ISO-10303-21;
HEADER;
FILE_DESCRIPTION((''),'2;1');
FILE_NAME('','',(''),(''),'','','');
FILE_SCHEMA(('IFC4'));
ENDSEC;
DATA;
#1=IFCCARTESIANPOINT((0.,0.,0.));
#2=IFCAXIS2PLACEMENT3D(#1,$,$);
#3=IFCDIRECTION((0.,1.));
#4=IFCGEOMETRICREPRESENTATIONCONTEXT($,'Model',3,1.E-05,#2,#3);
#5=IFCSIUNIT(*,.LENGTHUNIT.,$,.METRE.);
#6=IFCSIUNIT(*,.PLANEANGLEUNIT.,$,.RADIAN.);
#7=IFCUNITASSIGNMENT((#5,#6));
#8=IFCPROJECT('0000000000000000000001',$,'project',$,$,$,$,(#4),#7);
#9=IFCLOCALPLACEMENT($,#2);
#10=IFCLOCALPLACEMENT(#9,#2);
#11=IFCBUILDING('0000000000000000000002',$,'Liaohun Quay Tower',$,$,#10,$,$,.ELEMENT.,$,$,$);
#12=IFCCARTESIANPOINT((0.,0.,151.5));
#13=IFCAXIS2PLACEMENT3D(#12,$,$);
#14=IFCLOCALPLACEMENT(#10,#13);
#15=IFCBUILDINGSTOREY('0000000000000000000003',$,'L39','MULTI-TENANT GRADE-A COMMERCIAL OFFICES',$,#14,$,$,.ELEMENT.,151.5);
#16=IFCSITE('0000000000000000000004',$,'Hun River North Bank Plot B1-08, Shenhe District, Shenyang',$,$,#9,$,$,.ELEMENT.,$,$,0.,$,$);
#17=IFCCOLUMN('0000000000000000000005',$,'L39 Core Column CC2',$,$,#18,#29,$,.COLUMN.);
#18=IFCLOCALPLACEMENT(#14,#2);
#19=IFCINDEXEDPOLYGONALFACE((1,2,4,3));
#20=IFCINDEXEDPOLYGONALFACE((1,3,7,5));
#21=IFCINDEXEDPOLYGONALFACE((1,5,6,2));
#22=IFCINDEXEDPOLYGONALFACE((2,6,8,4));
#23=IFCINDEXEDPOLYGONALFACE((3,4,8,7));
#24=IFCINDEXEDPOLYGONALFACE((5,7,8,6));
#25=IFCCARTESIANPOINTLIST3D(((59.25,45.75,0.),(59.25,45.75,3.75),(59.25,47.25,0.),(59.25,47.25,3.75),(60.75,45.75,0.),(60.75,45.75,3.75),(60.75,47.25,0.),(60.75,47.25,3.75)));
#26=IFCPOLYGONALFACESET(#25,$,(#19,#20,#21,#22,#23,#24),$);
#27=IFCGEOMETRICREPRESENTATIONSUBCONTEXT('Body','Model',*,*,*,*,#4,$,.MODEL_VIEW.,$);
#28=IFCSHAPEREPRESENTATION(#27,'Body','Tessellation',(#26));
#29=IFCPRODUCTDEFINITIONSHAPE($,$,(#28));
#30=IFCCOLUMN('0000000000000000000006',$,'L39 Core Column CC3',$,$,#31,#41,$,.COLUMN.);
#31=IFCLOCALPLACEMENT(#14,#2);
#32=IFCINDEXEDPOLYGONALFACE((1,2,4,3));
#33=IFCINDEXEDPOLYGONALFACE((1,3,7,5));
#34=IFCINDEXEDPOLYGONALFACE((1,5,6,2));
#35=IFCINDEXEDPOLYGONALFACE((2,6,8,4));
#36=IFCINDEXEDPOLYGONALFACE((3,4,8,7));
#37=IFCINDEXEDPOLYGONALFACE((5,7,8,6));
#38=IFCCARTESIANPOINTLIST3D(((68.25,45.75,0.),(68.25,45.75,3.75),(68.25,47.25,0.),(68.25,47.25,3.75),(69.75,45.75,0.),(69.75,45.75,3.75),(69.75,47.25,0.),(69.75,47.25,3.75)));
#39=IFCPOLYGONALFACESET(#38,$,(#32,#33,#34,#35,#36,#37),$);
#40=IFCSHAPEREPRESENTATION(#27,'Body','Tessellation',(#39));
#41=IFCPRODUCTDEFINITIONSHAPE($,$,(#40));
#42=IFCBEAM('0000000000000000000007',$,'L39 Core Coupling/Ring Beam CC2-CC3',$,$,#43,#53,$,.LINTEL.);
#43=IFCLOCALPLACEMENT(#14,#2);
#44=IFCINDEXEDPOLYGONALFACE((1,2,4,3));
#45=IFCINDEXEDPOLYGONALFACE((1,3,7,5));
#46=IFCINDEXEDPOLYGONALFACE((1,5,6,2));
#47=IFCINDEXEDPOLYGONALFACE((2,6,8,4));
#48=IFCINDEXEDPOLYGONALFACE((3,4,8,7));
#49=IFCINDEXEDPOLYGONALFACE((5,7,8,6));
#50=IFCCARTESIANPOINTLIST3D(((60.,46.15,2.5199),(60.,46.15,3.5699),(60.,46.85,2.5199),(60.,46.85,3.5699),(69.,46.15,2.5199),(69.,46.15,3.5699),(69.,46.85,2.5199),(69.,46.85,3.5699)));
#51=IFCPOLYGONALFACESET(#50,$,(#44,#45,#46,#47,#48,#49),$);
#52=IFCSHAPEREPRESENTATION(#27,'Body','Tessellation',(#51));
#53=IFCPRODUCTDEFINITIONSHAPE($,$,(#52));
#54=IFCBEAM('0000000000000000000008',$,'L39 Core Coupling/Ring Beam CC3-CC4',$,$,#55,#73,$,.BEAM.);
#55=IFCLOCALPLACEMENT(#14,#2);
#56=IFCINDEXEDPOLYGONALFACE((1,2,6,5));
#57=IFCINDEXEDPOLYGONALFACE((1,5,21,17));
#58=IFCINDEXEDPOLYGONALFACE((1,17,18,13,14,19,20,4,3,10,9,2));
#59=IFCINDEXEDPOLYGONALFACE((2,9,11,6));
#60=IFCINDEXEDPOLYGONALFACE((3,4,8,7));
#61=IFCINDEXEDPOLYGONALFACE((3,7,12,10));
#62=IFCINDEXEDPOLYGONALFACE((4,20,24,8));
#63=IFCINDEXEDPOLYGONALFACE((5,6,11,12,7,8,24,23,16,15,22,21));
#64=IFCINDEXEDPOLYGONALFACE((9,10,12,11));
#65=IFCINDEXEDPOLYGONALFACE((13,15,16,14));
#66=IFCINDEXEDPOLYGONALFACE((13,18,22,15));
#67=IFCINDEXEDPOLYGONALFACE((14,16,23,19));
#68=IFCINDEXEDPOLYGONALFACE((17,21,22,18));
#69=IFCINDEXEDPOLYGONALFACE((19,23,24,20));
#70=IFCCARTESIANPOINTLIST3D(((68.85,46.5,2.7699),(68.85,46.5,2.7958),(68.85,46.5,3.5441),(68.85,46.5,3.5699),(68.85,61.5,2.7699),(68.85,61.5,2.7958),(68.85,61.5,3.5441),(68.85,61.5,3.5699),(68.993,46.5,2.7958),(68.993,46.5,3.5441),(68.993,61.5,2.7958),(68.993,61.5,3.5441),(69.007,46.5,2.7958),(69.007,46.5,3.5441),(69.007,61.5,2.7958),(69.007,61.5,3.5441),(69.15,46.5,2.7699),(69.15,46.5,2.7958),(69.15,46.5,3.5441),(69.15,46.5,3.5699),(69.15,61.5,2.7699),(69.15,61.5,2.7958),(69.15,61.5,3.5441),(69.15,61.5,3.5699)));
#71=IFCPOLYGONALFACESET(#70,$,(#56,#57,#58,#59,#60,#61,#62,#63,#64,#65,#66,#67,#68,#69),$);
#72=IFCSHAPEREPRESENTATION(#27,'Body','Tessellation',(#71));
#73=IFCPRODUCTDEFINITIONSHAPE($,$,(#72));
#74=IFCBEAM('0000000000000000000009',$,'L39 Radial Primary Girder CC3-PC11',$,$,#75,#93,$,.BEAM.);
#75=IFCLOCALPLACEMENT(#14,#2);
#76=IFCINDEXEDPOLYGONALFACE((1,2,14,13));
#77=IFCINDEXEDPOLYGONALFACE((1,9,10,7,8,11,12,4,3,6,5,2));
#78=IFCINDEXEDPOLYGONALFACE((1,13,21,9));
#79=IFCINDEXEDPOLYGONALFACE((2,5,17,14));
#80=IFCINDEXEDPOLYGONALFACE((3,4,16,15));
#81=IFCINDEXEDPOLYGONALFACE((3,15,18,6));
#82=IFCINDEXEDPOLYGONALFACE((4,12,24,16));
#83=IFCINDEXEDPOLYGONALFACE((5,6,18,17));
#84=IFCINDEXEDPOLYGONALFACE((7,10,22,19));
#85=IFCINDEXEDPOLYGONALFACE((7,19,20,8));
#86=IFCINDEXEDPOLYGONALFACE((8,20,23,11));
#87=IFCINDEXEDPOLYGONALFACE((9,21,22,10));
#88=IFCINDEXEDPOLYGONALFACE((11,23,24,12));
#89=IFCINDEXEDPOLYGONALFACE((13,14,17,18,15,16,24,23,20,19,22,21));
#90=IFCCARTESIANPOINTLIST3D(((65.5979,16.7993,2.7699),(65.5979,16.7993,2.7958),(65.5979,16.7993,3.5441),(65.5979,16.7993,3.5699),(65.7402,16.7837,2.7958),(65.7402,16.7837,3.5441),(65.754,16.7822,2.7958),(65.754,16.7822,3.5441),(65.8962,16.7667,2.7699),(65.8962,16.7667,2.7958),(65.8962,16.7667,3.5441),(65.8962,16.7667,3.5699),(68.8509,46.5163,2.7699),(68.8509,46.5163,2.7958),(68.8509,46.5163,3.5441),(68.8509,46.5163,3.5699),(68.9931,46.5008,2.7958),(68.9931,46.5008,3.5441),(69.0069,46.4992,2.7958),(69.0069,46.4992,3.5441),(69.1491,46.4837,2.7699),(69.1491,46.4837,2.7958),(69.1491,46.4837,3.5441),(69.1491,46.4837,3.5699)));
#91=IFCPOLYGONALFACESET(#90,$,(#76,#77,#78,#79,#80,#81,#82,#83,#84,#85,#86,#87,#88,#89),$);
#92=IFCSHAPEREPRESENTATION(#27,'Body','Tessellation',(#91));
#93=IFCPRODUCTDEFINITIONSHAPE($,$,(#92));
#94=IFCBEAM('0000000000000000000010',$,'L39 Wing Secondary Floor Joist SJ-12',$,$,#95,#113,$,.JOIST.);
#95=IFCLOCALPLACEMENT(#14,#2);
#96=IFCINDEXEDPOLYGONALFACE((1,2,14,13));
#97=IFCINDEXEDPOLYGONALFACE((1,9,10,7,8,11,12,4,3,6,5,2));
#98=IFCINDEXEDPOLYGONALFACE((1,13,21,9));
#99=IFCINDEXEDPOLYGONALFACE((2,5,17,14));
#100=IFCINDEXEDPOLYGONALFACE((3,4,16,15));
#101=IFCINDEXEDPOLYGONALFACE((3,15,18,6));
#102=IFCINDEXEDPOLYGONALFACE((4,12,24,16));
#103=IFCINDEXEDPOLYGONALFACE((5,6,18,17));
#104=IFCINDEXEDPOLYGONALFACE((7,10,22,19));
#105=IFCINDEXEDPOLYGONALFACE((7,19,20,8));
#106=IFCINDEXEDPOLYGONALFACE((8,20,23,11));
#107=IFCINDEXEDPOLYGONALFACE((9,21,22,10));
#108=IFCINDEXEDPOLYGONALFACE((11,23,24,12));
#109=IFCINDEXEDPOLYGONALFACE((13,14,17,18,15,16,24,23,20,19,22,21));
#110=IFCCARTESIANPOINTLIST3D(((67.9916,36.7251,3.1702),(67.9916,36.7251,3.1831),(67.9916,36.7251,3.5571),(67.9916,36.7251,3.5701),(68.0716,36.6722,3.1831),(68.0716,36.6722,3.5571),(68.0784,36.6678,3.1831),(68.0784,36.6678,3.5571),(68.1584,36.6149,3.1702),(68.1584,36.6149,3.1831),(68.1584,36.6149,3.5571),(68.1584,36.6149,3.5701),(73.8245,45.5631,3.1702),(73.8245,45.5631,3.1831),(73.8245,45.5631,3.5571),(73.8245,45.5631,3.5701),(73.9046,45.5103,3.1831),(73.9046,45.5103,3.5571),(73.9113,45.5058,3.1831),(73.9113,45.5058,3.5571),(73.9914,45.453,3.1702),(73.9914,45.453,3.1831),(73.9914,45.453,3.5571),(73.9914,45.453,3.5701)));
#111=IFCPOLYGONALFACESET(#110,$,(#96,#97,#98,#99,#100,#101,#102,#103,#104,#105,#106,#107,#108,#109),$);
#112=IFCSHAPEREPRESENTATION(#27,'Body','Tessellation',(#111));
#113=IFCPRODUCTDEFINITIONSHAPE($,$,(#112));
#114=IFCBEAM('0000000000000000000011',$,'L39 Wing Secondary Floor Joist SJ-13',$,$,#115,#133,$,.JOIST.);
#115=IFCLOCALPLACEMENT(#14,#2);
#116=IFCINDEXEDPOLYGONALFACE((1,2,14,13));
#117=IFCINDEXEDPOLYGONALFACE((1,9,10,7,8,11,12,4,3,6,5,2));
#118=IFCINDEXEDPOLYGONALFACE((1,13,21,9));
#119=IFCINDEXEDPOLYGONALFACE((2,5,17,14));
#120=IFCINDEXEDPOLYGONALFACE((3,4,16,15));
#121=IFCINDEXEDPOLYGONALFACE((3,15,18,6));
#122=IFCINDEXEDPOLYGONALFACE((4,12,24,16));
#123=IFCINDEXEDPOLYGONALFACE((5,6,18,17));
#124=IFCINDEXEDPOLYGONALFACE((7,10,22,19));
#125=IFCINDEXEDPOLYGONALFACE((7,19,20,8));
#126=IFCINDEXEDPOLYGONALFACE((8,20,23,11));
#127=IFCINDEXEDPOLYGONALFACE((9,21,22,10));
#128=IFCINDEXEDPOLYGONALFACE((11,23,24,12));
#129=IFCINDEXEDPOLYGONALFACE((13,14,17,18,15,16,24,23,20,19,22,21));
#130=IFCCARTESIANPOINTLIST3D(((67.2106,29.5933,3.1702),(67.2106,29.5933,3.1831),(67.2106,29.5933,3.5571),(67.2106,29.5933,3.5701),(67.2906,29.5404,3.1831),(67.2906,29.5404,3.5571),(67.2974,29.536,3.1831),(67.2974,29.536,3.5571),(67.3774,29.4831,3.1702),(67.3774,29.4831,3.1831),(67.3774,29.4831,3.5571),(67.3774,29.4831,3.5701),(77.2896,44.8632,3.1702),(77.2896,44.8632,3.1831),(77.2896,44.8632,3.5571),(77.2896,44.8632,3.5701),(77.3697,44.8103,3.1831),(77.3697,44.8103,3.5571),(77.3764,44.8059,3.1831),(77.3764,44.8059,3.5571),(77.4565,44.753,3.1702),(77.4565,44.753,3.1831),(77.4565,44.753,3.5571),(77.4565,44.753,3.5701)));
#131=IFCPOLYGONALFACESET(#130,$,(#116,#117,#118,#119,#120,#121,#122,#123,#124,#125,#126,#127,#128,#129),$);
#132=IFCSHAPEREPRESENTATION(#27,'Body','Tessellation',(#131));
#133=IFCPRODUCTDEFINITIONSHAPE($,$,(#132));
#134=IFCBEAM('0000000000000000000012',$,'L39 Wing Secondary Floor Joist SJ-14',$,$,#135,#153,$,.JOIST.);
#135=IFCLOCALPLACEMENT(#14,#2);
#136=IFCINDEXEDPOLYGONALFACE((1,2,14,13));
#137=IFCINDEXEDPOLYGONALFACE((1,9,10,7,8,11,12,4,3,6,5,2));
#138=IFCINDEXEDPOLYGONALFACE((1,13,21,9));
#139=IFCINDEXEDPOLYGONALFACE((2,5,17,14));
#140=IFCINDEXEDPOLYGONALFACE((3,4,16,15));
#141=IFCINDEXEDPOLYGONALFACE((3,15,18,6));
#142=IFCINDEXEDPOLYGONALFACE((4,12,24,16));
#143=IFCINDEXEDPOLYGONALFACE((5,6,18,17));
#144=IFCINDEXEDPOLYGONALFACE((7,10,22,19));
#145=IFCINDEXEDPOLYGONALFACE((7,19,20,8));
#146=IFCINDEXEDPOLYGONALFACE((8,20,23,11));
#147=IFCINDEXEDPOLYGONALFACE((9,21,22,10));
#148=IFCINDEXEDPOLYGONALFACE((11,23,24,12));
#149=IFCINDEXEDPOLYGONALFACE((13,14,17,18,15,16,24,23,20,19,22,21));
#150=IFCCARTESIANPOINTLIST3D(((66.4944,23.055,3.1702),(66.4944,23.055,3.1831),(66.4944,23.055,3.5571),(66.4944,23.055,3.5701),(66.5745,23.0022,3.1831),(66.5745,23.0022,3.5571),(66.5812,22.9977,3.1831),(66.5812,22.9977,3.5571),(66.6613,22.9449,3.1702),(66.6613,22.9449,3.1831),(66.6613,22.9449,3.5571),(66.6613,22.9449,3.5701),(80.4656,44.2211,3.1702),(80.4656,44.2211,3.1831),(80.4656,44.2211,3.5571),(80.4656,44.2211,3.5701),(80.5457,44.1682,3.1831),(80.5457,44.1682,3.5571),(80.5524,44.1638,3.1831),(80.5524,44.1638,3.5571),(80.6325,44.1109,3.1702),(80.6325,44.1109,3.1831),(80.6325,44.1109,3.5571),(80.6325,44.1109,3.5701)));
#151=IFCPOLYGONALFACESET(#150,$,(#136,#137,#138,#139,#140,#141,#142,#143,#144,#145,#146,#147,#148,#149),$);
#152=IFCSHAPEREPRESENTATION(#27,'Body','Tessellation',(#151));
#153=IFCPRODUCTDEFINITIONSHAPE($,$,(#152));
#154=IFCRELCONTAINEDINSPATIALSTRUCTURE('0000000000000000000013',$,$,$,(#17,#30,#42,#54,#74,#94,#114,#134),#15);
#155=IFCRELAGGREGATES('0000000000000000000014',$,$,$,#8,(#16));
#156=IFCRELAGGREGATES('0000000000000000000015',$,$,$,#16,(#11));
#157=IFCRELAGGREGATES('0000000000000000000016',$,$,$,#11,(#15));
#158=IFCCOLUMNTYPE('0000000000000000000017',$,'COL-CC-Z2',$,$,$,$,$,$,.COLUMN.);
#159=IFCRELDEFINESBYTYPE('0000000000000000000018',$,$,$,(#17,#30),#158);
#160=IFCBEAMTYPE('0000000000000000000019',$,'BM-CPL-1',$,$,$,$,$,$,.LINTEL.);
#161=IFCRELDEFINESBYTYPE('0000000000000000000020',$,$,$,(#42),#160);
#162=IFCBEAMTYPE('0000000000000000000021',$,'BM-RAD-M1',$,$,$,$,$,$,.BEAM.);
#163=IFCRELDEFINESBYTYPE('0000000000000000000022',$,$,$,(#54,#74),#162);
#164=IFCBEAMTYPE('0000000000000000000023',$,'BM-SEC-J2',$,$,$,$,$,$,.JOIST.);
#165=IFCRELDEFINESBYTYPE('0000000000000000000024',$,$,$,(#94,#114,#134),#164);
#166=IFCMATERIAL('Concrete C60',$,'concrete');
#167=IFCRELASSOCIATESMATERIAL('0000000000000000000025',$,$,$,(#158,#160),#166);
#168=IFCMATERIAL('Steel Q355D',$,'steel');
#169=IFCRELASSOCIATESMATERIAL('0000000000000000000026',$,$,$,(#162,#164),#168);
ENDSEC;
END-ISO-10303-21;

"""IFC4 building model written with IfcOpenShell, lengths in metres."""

from ifc_helpers import new_model, si_unit, direction, frame, origin, origin_2d, place, context, subcontext, project, spatial, rectangle, i_section, extrude, source, transform, mapped, material, material_profile, profile_set, type_object, element, save


model = new_model("IFC4")

# Units and contexts
model_context = context("Model", 3, precision=1e-05, world=origin(), true_north=direction((0.0, 1.0)))
body_context = subcontext(model_context, "Body", "Model", "MODEL_VIEW")
ifc_project = project(units=[si_unit("LENGTHUNIT", "METRE"), si_unit("PLANEANGLEUNIT", "RADIAN")], contexts=[model_context])

# Site, building, storey
site_placement = place(None, origin())
site = spatial("IfcSite", under=ifc_project, at=site_placement, Name="Hun River North Bank Plot B1-08, Shenhe District, Shenyang", CompositionType="ELEMENT", RefElevation=0.0)
building_placement = place(site_placement, origin())
building = spatial("IfcBuilding", under=site, at=building_placement, Name="Liaohun Quay Tower", CompositionType="ELEMENT")
storey_placement = place(building_placement, frame((0.0, 0.0, 151.5)))
storey = spatial("IfcBuildingStorey", under=building, at=storey_placement, Name="L39", Description="MULTI-TENANT GRADE-A COMMERCIAL OFFICES", CompositionType="ELEMENT", Elevation=151.5)

# Columns
ifc_material_1 = material(Name="Concrete C60", Category="concrete")
ifc_material_profile_1 = material_profile(ifc_material_1, rectangle(XDim=1.5, YDim=1.5, at=origin_2d()), Name="RC1500x1500")
ifc_profile_set_1 = profile_set([ifc_material_profile_1], Name="Concrete C60")
column_type = type_object("IfcColumnType", Name="COL-CC-Z2", PredefinedType="COLUMN", material=ifc_profile_set_1)
shared_shape_1 = source(origin(), body_context, "Body", "SweptSolid", [
    extrude(rectangle(XDim=1.5, YDim=1.5, at=origin_2d()), origin(), (0.0, 0.0, 1.0), 3.75),
])
for number, where, z_axis, x_axis, name in (
    (1, (60.0, 46.5, 0.0), (0.0, 0.0, 1.0), (1.0, 0.0, 0.0), "L39 Core Column CC2"),
    (2, (69.0, 46.5, 0.0), (0.0, 0.0, 1.0), (1.0, 0.0, 0.0), "L39 Core Column CC3"),
):
    element("IfcColumn", number, at=place(storey_placement, frame(where, z_axis=z_axis, x_axis=x_axis)), inside=storey, type_object=column_type, Name=name, PredefinedType="COLUMN", context=body_context, shape_type="MappedRepresentation", body=[
        mapped(shared_shape_1, transform((0.0, 0.0, 0.0), x_axis=(1.0, 0.0, 0.0), y_axis=(0.0, 1.0, 0.0), z_axis=(0.0, 0.0, 1.0), scale=1.0)),
    ])

# Beams
ifc_material_profile_2 = material_profile(ifc_material_1, rectangle(XDim=0.7, YDim=1.05, at=origin_2d()), Name="RC700x1050")
ifc_profile_set_2 = profile_set([ifc_material_profile_2], Name="Concrete C60")
beam_type_1 = type_object("IfcBeamType", Name="BM-CPL-1", PredefinedType="LINTEL", material=ifc_profile_set_2)
shared_shape_2 = source(origin(), body_context, "Body", "SweptSolid", [
    extrude(rectangle(XDim=0.7, YDim=1.05, at=origin_2d()), origin(), (0.0, 0.0, 1.0), 9.0),
])
beam_1_placement = place(storey_placement, frame((60.0, 46.5, 3.0449), z_axis=(1.0, 0.0, 0.0), x_axis=(0.0, 1.0, 0.0)))
element("IfcBeam", 3, at=beam_1_placement, inside=storey, type_object=beam_type_1, Name="L39 Core Coupling/Ring Beam CC2-CC3", PredefinedType="LINTEL", context=body_context, shape_type="MappedRepresentation", body=[
    mapped(shared_shape_2, transform((0.0, 0.0, 0.0), x_axis=(1.0, 0.0, 0.0), y_axis=(0.0, 1.0, 0.0), z_axis=(0.0, 0.0, 1.0), scale=1.0)),
])
ifc_material_2 = material(Name="Steel Q355D", Category="steel")
ifc_material_profile_3 = material_profile(ifc_material_2, i_section(OverallWidth=0.3, OverallDepth=0.8, WebThickness=0.0139, FlangeThickness=0.0259, at=origin_2d()), Name="HN800x300x14x26")
ifc_profile_set_3 = profile_set([ifc_material_profile_3], Name="Steel Q355D")
beam_type_2 = type_object("IfcBeamType", Name="BM-RAD-M1", PredefinedType="BEAM", material=ifc_profile_set_3)
shared_shape_3 = source(origin(), body_context, "Body", "SweptSolid", [
    extrude(i_section(OverallWidth=0.3, OverallDepth=0.8, WebThickness=0.0139, FlangeThickness=0.0259, at=origin_2d()), origin(), (0.0, 0.0, 1.0), 15.0),
])
beam_2_placement = place(storey_placement, frame((69.0, 46.5, 3.1699), z_axis=(0.0, 1.0, 0.0), x_axis=(-1.0, 0.0, 0.0)))
element("IfcBeam", 4, at=beam_2_placement, inside=storey, type_object=beam_type_2, Name="L39 Core Coupling/Ring Beam CC3-CC4", PredefinedType="BEAM", context=body_context, shape_type="MappedRepresentation", body=[
    mapped(shared_shape_3, transform((0.0, 0.0, 0.0), x_axis=(1.0, 0.0, 0.0), y_axis=(0.0, 1.0, 0.0), z_axis=(0.0, 0.0, 1.0), scale=1.0)),
])
shared_shape_4 = source(origin(), body_context, "Body", "SweptSolid", [
    extrude(i_section(OverallWidth=0.3, OverallDepth=0.8, WebThickness=0.0139, FlangeThickness=0.0259, at=origin_2d()), origin(), (0.0, 0.0, 1.0), 29.8945),
])
beam_3_placement = place(storey_placement, frame((69.0, 46.5, 3.1699), z_axis=(-0.108813, -0.994062, 0.0), x_axis=(0.994062, -0.108813, 0.0)))
element("IfcBeam", 5, at=beam_3_placement, inside=storey, type_object=beam_type_2, Name="L39 Radial Primary Girder CC3-PC11", PredefinedType="BEAM", context=body_context, shape_type="MappedRepresentation", body=[
    mapped(shared_shape_4, transform((0.0, 0.0, 0.0), x_axis=(1.0, 0.0, 0.0), y_axis=(0.0, 1.0, 0.0), z_axis=(0.0, 0.0, 1.0), scale=1.0)),
])
ifc_material_profile_4 = material_profile(ifc_material_2, i_section(OverallWidth=0.2, OverallDepth=0.3999, WebThickness=0.0081, FlangeThickness=0.0129, at=origin_2d()), Name="HN400x200x8x13")
ifc_profile_set_4 = profile_set([ifc_material_profile_4], Name="Steel Q355D")
beam_type_3 = type_object("IfcBeamType", Name="BM-SEC-J2", PredefinedType="JOIST", material=ifc_profile_set_4)
shared_shape_5 = source(origin(), body_context, "Body", "SweptSolid", [
    extrude(i_section(OverallWidth=0.2, OverallDepth=0.3999, WebThickness=0.0081, FlangeThickness=0.0129, at=origin_2d()), origin(), (0.0, 0.0, 1.0), 10.5894),
])
beam_4_placement = place(storey_placement, frame((73.908, 45.5081, 3.3701), z_axis=(-0.550832, -0.834616, 0.0), x_axis=(0.834616, -0.550832, 0.0)))
element("IfcBeam", 6, at=beam_4_placement, inside=storey, type_object=beam_type_3, Name="L39 Wing Secondary Floor Joist SJ-12", PredefinedType="JOIST", context=body_context, shape_type="MappedRepresentation", body=[
    mapped(shared_shape_5, transform((0.0, 0.0, 0.0), x_axis=(1.0, 0.0, 0.0), y_axis=(0.0, 1.0, 0.0), z_axis=(0.0, 0.0, 1.0), scale=1.0)),
])
shared_shape_6 = source(origin(), body_context, "Body", "SweptSolid", [
    extrude(i_section(OverallWidth=0.2, OverallDepth=0.3999, WebThickness=0.0081, FlangeThickness=0.0129, at=origin_2d()), origin(), (0.0, 0.0, 1.0), 18.2964),
])
beam_5_placement = place(storey_placement, frame((77.373, 44.8081, 3.3701), z_axis=(-0.550876, -0.834587, 0.0), x_axis=(0.834587, -0.550876, 0.0)))
element("IfcBeam", 7, at=beam_5_placement, inside=storey, type_object=beam_type_3, Name="L39 Wing Secondary Floor Joist SJ-13", PredefinedType="JOIST", context=body_context, shape_type="MappedRepresentation", body=[
    mapped(shared_shape_6, transform((0.0, 0.0, 0.0), x_axis=(1.0, 0.0, 0.0), y_axis=(0.0, 1.0, 0.0), z_axis=(0.0, 0.0, 1.0), scale=1.0)),
])
shared_shape_7 = source(origin(), body_context, "Body", "SweptSolid", [
    extrude(i_section(OverallWidth=0.2, OverallDepth=0.3999, WebThickness=0.0081, FlangeThickness=0.0129, at=origin_2d()), origin(), (0.0, 0.0, 1.0), 25.3613),
])
beam_6_placement = place(storey_placement, frame((80.5491, 44.166, 3.3701), z_axis=(-0.550887, -0.83458, 0.0), x_axis=(0.83458, -0.550887, 0.0)))
element("IfcBeam", 8, at=beam_6_placement, inside=storey, type_object=beam_type_3, Name="L39 Wing Secondary Floor Joist SJ-14", PredefinedType="JOIST", context=body_context, shape_type="MappedRepresentation", body=[
    mapped(shared_shape_7, transform((0.0, 0.0, 0.0), x_axis=(1.0, 0.0, 0.0), y_axis=(0.0, 1.0, 0.0), z_axis=(0.0, 0.0, 1.0), scale=1.0)),
])

save(model, "model.ifc")
